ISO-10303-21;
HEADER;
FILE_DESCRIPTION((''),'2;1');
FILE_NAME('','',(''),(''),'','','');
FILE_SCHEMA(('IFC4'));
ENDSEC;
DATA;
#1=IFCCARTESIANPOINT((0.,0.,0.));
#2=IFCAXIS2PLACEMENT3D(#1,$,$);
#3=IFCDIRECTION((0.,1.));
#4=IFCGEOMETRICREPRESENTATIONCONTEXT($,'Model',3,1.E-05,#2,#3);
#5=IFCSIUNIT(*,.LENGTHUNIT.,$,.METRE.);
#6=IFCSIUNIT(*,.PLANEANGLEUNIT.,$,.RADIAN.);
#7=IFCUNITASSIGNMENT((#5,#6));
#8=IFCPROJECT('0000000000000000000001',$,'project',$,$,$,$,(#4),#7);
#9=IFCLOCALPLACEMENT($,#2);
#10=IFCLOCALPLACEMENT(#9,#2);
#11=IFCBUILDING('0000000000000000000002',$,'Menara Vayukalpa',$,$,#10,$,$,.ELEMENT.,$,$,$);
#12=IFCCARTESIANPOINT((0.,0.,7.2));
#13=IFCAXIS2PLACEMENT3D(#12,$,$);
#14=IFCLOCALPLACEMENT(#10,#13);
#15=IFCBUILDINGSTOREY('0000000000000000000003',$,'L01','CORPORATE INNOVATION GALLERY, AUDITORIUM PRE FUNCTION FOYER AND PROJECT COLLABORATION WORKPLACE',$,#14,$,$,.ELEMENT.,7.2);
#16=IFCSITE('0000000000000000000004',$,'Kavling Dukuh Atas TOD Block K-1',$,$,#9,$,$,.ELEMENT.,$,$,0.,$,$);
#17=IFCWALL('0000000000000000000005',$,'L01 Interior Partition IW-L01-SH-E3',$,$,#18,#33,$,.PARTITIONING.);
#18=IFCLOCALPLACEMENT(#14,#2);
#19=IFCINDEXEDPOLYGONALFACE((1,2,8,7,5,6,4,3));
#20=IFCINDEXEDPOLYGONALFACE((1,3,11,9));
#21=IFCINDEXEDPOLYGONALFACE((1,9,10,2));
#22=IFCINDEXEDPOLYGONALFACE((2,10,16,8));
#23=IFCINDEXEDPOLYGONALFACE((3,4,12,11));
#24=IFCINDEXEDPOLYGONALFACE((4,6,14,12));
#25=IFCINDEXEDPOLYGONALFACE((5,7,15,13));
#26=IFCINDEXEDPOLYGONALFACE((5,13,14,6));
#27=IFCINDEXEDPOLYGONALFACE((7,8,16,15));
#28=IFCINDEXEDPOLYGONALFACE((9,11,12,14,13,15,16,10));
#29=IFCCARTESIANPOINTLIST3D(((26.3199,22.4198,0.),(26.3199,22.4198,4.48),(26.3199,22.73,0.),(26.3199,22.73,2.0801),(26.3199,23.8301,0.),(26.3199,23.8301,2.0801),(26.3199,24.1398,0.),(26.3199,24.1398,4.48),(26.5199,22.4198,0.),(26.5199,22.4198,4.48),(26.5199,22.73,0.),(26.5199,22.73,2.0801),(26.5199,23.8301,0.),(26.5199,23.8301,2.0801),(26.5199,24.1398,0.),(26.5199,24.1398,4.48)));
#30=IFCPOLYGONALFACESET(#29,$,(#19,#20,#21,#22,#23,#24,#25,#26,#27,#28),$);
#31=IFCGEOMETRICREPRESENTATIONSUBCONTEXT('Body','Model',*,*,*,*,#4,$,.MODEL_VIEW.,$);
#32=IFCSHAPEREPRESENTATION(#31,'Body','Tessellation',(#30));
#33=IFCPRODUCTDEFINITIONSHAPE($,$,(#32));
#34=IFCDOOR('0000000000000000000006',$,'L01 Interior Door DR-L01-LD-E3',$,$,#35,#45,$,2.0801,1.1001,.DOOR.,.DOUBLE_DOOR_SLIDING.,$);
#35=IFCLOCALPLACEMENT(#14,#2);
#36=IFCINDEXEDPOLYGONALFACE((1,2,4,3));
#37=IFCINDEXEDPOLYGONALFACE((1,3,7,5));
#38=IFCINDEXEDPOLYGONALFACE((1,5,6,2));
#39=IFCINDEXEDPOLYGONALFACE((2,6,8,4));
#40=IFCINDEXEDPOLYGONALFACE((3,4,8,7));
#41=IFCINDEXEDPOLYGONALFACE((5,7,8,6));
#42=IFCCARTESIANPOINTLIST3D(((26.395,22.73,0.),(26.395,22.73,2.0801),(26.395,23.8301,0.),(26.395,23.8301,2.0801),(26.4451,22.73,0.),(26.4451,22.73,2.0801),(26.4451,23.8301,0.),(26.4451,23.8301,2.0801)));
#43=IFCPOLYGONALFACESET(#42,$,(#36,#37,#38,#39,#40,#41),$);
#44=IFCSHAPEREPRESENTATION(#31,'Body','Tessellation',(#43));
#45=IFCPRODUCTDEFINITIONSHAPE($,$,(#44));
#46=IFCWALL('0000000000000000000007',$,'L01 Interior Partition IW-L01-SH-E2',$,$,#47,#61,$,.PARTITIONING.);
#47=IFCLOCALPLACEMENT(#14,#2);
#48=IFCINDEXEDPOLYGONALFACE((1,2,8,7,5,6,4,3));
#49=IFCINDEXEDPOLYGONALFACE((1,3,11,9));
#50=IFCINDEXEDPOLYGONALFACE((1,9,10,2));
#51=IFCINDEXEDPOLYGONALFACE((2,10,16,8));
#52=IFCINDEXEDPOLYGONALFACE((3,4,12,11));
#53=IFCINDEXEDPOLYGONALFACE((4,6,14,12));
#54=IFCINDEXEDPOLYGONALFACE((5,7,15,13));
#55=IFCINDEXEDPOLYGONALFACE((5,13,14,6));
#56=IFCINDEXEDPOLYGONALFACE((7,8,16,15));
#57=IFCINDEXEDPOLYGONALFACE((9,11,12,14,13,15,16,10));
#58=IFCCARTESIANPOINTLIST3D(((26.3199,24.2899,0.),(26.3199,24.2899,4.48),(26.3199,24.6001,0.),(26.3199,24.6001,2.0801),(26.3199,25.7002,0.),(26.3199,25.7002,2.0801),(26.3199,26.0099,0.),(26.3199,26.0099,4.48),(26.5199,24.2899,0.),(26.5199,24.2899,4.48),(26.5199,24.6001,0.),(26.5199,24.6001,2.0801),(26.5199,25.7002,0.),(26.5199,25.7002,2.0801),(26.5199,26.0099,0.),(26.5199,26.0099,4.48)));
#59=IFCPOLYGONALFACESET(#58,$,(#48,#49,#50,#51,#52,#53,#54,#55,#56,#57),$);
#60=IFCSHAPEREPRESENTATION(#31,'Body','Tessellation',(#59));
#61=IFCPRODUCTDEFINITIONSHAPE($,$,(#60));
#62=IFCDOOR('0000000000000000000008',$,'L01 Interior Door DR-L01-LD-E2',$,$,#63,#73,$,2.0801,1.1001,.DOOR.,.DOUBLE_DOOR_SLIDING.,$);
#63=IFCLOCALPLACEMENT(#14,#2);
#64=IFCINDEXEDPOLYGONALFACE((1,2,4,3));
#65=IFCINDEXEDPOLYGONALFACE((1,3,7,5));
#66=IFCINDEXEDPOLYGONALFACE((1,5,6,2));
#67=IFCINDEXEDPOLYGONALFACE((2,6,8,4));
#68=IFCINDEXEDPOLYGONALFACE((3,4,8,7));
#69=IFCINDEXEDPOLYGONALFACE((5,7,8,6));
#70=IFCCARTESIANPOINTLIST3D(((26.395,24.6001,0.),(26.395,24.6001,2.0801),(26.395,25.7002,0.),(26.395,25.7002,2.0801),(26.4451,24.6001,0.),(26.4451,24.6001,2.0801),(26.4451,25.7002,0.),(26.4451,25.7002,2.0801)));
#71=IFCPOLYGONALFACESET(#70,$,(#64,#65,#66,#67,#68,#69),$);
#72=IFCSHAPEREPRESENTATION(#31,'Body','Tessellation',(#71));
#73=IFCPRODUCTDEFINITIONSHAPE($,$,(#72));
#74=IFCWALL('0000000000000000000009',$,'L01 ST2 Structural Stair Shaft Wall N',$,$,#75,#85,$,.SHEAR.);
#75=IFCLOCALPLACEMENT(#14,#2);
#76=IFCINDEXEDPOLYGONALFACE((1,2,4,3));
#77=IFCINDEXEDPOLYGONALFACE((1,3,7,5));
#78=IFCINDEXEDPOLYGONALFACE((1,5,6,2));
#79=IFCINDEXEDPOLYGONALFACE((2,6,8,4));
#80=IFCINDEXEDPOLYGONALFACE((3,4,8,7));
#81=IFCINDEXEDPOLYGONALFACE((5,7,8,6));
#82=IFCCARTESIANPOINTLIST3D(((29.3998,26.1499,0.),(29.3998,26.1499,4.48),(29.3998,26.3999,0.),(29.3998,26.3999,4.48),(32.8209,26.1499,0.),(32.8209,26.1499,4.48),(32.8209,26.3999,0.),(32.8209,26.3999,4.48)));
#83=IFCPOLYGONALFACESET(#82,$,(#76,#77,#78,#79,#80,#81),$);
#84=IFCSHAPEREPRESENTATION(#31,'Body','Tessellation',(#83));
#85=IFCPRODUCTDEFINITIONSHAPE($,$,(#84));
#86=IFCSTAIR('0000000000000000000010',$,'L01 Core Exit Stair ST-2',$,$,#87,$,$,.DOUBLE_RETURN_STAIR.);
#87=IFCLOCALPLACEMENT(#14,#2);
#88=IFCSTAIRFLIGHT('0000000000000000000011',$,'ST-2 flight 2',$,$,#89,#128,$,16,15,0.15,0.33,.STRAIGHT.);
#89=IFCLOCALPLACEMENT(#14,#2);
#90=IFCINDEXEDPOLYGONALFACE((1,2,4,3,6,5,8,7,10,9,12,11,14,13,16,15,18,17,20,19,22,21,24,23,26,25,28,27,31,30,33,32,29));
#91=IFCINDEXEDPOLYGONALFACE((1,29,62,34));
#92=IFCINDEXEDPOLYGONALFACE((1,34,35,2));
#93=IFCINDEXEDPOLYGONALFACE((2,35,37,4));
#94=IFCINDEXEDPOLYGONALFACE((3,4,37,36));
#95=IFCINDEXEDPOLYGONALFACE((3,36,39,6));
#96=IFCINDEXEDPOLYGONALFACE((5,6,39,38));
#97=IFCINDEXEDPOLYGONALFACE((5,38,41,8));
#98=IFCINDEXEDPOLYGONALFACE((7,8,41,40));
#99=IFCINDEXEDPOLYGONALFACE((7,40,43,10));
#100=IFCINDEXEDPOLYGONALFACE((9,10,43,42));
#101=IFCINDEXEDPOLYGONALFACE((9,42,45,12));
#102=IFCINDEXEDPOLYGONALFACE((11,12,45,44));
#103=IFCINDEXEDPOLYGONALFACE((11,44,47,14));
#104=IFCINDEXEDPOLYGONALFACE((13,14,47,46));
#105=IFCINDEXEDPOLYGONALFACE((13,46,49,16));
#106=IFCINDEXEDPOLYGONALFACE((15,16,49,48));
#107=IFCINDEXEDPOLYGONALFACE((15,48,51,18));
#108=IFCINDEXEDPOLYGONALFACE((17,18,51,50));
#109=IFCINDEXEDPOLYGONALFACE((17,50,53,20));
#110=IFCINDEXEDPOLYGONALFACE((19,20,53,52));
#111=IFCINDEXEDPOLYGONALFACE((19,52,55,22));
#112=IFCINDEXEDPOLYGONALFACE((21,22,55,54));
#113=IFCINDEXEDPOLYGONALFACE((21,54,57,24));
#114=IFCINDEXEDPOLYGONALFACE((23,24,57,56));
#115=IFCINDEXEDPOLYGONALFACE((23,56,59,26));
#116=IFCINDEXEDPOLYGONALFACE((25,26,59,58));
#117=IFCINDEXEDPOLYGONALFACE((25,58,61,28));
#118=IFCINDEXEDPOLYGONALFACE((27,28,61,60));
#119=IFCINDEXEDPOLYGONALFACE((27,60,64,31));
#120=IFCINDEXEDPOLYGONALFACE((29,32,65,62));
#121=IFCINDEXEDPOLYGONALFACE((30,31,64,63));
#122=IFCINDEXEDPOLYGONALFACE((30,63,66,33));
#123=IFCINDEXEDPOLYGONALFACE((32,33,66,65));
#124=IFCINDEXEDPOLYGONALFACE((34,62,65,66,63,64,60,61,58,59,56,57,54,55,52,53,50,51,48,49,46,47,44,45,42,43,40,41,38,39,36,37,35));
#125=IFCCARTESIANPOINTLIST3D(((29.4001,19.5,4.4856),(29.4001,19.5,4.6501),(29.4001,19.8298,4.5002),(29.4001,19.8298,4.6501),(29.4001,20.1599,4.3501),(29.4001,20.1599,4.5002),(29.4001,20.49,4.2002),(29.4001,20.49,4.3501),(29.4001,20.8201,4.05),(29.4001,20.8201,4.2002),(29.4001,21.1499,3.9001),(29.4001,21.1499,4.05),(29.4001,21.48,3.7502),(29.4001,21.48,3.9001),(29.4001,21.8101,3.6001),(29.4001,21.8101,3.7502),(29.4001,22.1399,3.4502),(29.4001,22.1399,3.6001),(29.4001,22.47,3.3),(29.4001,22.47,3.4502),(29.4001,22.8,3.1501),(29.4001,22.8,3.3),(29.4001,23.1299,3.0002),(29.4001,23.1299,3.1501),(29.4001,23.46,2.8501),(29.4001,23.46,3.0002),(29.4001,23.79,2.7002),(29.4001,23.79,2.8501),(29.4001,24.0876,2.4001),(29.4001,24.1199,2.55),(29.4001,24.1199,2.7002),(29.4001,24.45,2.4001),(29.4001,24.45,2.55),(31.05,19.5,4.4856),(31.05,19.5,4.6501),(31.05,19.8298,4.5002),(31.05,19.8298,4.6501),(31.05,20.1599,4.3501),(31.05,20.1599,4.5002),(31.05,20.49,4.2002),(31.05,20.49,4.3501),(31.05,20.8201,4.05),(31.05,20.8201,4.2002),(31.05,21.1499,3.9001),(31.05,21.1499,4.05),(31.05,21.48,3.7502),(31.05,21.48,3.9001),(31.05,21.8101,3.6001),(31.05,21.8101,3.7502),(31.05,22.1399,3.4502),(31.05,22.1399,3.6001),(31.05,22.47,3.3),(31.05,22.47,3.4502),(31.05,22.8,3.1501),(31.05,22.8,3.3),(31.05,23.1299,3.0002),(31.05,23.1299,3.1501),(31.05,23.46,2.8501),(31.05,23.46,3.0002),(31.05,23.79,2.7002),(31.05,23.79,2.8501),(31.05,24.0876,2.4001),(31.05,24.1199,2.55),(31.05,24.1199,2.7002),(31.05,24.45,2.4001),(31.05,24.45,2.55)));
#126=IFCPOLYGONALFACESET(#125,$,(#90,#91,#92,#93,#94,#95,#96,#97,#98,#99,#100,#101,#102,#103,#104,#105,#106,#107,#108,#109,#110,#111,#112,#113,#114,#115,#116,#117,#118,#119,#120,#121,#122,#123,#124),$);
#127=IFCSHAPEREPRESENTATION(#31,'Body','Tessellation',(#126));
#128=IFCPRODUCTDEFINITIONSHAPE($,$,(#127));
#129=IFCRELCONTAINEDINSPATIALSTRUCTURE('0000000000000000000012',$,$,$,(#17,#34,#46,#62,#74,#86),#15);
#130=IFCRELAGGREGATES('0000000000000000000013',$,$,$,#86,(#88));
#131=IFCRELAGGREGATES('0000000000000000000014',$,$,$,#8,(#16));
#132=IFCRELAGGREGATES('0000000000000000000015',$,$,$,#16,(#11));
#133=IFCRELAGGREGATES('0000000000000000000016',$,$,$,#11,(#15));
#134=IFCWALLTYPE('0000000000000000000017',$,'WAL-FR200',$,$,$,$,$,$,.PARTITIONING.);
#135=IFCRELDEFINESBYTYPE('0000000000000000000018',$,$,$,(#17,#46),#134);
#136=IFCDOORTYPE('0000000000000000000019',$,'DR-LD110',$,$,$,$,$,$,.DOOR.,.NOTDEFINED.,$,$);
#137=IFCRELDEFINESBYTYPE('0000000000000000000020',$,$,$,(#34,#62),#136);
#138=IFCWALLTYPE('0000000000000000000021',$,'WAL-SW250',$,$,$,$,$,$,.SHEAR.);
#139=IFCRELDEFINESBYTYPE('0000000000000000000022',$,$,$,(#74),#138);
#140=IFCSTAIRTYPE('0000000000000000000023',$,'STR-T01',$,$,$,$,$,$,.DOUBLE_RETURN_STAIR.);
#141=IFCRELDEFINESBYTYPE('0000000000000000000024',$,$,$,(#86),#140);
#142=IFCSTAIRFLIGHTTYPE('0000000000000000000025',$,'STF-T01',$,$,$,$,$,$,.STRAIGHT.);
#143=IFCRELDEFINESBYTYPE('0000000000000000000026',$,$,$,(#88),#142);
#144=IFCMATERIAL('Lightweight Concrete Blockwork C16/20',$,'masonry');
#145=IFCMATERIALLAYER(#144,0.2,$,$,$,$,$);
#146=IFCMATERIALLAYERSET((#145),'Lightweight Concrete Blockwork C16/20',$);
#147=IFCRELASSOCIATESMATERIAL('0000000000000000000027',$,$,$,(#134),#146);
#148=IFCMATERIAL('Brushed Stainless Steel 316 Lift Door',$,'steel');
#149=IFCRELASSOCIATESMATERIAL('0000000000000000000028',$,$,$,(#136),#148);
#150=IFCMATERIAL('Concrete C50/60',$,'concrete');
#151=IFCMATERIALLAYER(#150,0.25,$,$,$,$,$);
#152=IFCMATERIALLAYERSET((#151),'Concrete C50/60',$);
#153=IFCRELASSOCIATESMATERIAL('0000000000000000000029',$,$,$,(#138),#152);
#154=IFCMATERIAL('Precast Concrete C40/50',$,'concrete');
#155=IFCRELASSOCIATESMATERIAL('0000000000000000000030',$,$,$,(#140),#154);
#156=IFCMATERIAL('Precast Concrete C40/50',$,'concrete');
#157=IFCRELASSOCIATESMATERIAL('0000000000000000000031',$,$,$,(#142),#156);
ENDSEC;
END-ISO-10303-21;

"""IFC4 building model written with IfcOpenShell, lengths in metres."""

from ifc_helpers import new_model, si_unit, direction, frame, frame_2d, origin, place, context, subcontext, project, spatial, polyline, rectangle, outline, extrude, material, layer, layer_set, type_object, element, fill, aggregate, save


model = new_model("IFC4")

# Units and contexts
model_context = context("Model", 3, precision=1e-05, world=origin(), true_north=direction((0.0, 1.0)))
body_context = subcontext(model_context, "Body", "Model", "MODEL_VIEW")
ifc_project = project(units=[si_unit("LENGTHUNIT", "METRE"), si_unit("PLANEANGLEUNIT", "RADIAN")], contexts=[model_context])

# Site, building, storey
site_placement = place(None, origin())
site = spatial("IfcSite", under=ifc_project, at=site_placement, Name="Kavling Dukuh Atas TOD Block K-1", CompositionType="ELEMENT", RefElevation=0.0)
building_placement = place(site_placement, origin())
building = spatial("IfcBuilding", under=site, at=building_placement, Name="Menara Vayukalpa", CompositionType="ELEMENT")
storey_placement = place(building_placement, frame((0.0, 0.0, 7.2)))
storey = spatial("IfcBuildingStorey", under=building, at=storey_placement, Name="L01", Description="CORPORATE INNOVATION GALLERY, AUDITORIUM PRE FUNCTION FOYER AND PROJECT COLLABORATION WORKPLACE", CompositionType="ELEMENT", Elevation=7.2)

# Walls, openings, doors
ifc_material_1 = material(Name="Lightweight Concrete Blockwork C16/20", Category="masonry")
ifc_layer_1 = layer(ifc_material_1, 0.2)
ifc_layer_set_1 = layer_set([ifc_layer_1], Name="Lightweight Concrete Blockwork C16/20")
wall_type_1 = type_object("IfcWallType", Name="WAL-FR200", PredefinedType="PARTITIONING", material=ifc_layer_set_1)
ifc_material_2 = material(Name="Brushed Stainless Steel 316 Lift Door", Category="steel")
door_type = type_object("IfcDoorType", Name="DR-LD110", OperationType="NOTDEFINED", PredefinedType="DOOR", material=ifc_material_2)
wall_1_placement = place(storey_placement, frame((26.4199, 22.4199, 0.0), z_axis=(0.0, 0.0, 1.0), x_axis=(0.0, 1.0, 0.0)))
wall_1 = element("IfcWall", 1, at=wall_1_placement, inside=storey, type_object=wall_type_1, Name="L01 Interior Partition IW-L01-SH-E3", PredefinedType="PARTITIONING", context=body_context, shape_type="SweptSolid", body=[
    extrude(rectangle(XDim=1.72, YDim=0.2, at=frame_2d((0.8599, 0.0))), origin(), (0.0, 0.0, 1.0), 4.48),
])
opening_1_placement = place(wall_1_placement, frame((0.3101, 0.0, 0.0)))
opening_1 = element("IfcOpeningElement", 2, at=opening_1_placement, cuts=wall_1, PredefinedType="OPENING", context=body_context, shape_type="SweptSolid", body=[
    extrude(rectangle(XDim=1.1001, YDim=2.0801, at=frame_2d((0.55, 1.04))), frame((0.0, 0.1099, 0.0), z_axis=(0.0, -1.0, 0.0), x_axis=(1.0, 0.0, 0.0)), (0.0, 0.0, 1.0), 0.22),
])
door_1_placement = place(opening_1_placement, origin())
door_1 = element("IfcDoor", 3, at=door_1_placement, inside=storey, type_object=door_type, Name="L01 Interior Door DR-L01-LD-E3", OperationType="DOUBLE_DOOR_SLIDING", OverallHeight=2.0801, OverallWidth=1.1001, PredefinedType="DOOR", context=body_context, shape_type="SweptSolid", body=[
    extrude(rectangle(XDim=1.1001, YDim=2.0801, at=frame_2d((0.55, 1.04))), frame((0.0, 0.0249, 0.0), z_axis=(0.0, -1.0, 0.0), x_axis=(1.0, 0.0, 0.0)), (0.0, 0.0, 1.0), 0.05),
])
fill(opening_1, door_1)
wall_2_placement = place(storey_placement, frame((26.4199, 24.29, 0.0), z_axis=(0.0, 0.0, 1.0), x_axis=(0.0, 1.0, 0.0)))
wall_2 = element("IfcWall", 4, at=wall_2_placement, inside=storey, type_object=wall_type_1, Name="L01 Interior Partition IW-L01-SH-E2", PredefinedType="PARTITIONING", context=body_context, shape_type="SweptSolid", body=[
    extrude(rectangle(XDim=1.72, YDim=0.2, at=frame_2d((0.8599, 0.0))), origin(), (0.0, 0.0, 1.0), 4.48),
])
opening_2_placement = place(wall_2_placement, frame((0.3101, 0.0, 0.0)))
opening_2 = element("IfcOpeningElement", 5, at=opening_2_placement, cuts=wall_2, PredefinedType="OPENING", context=body_context, shape_type="SweptSolid", body=[
    extrude(rectangle(XDim=1.1001, YDim=2.0801, at=frame_2d((0.55, 1.04))), frame((0.0, 0.1099, 0.0), z_axis=(0.0, -1.0, 0.0), x_axis=(1.0, 0.0, 0.0)), (0.0, 0.0, 1.0), 0.22),
])
door_2_placement = place(opening_2_placement, origin())
door_2 = element("IfcDoor", 6, at=door_2_placement, inside=storey, type_object=door_type, Name="L01 Interior Door DR-L01-LD-E2", OperationType="DOUBLE_DOOR_SLIDING", OverallHeight=2.0801, OverallWidth=1.1001, PredefinedType="DOOR", context=body_context, shape_type="SweptSolid", body=[
    extrude(rectangle(XDim=1.1001, YDim=2.0801, at=frame_2d((0.55, 1.04))), frame((0.0, 0.0249, 0.0), z_axis=(0.0, -1.0, 0.0), x_axis=(1.0, 0.0, 0.0)), (0.0, 0.0, 1.0), 0.05),
])
fill(opening_2, door_2)

# Wall
ifc_material_3 = material(Name="Concrete C50/60", Category="concrete")
ifc_layer_2 = layer(ifc_material_3, 0.25)
ifc_layer_set_2 = layer_set([ifc_layer_2], Name="Concrete C50/60")
wall_type_2 = type_object("IfcWallType", Name="WAL-SW250", PredefinedType="SHEAR", material=ifc_layer_set_2)
wall_3_placement = place(storey_placement, frame((29.3999, 26.2749, 0.0), z_axis=(0.0, 0.0, 1.0), x_axis=(1.0, 0.0, 0.0)))
element("IfcWall", 7, at=wall_3_placement, inside=storey, type_object=wall_type_2, Name="L01 ST2 Structural Stair Shaft Wall N", PredefinedType="SHEAR", context=body_context, shape_type="SweptSolid", body=[
    extrude(rectangle(XDim=3.4211, YDim=0.25, at=frame_2d((1.7104, 0.0))), origin(), (0.0, 0.0, 1.0), 4.48),
])

# Stair, stair flight
ifc_material_4 = material(Name="Precast Concrete C40/50", Category="concrete")
stair_type = type_object("IfcStairType", Name="STR-T01", PredefinedType="DOUBLE_RETURN_STAIR", material=ifc_material_4)
stair_placement = place(storey_placement, origin())
stair = element("IfcStair", 8, at=stair_placement, inside=storey, type_object=stair_type, Name="L01 Core Exit Stair ST-2", PredefinedType="DOUBLE_RETURN_STAIR")
ifc_material_5 = material(Name="Precast Concrete C40/50", Category="concrete")
stair_flight_type = type_object("IfcStairFlightType", Name="STF-T01", PredefinedType="STRAIGHT", material=ifc_material_5)
stair_flight_placement = place(storey_placement, frame((30.2251, 24.45, 2.4001), z_axis=(0.0, 0.0, 1.0), x_axis=(0.0, -1.0, 0.0)))
stair_flight = element("IfcStairFlight", 9, at=stair_flight_placement, type_object=stair_flight_type, Name="ST-2 flight 2", NumberOfRisers=16, NumberOfTreads=15, PredefinedType="STRAIGHT", RiserHeight=0.15, TreadLength=0.33, context=body_context, shape_type="SweptSolid", body=[
    extrude(outline(polyline([(0.0, 0.0), (0.0, 0.1499), (0.3301, 0.1499), (0.3301, 0.3), (0.6599, 0.3), (0.6599, 0.45), (0.99, 0.45), (0.99, 0.6001), (1.3201, 0.6001), (1.3201, 0.75), (1.6499, 0.75), (1.6499, 0.8999), (1.98, 0.8999), (1.98, 1.05), (2.3101, 1.05), (2.3101, 1.2), (2.6399, 1.2), (2.6399, 1.3501), (2.97, 1.3501), (2.97, 1.5), (3.3, 1.5), (3.3, 1.6499), (3.6299, 1.6499), (3.6299, 1.8), (3.96, 1.8), (3.96, 1.95), (4.29, 1.95), (4.29, 2.1001), (4.6201, 2.1001), (4.6201, 2.25), (4.95, 2.25), (4.95, 2.3999), (4.95, 2.0854), (0.3623, 0.0), (0.0, 0.0)])), frame((0.0, 0.825, 0.0), z_axis=(0.0, -1.0, 0.0), x_axis=(1.0, 0.0, 0.0)), (0.0, 0.0, 1.0), 1.6499),
])
aggregate(stair, [stair_flight])

save(model, "model.ifc")
